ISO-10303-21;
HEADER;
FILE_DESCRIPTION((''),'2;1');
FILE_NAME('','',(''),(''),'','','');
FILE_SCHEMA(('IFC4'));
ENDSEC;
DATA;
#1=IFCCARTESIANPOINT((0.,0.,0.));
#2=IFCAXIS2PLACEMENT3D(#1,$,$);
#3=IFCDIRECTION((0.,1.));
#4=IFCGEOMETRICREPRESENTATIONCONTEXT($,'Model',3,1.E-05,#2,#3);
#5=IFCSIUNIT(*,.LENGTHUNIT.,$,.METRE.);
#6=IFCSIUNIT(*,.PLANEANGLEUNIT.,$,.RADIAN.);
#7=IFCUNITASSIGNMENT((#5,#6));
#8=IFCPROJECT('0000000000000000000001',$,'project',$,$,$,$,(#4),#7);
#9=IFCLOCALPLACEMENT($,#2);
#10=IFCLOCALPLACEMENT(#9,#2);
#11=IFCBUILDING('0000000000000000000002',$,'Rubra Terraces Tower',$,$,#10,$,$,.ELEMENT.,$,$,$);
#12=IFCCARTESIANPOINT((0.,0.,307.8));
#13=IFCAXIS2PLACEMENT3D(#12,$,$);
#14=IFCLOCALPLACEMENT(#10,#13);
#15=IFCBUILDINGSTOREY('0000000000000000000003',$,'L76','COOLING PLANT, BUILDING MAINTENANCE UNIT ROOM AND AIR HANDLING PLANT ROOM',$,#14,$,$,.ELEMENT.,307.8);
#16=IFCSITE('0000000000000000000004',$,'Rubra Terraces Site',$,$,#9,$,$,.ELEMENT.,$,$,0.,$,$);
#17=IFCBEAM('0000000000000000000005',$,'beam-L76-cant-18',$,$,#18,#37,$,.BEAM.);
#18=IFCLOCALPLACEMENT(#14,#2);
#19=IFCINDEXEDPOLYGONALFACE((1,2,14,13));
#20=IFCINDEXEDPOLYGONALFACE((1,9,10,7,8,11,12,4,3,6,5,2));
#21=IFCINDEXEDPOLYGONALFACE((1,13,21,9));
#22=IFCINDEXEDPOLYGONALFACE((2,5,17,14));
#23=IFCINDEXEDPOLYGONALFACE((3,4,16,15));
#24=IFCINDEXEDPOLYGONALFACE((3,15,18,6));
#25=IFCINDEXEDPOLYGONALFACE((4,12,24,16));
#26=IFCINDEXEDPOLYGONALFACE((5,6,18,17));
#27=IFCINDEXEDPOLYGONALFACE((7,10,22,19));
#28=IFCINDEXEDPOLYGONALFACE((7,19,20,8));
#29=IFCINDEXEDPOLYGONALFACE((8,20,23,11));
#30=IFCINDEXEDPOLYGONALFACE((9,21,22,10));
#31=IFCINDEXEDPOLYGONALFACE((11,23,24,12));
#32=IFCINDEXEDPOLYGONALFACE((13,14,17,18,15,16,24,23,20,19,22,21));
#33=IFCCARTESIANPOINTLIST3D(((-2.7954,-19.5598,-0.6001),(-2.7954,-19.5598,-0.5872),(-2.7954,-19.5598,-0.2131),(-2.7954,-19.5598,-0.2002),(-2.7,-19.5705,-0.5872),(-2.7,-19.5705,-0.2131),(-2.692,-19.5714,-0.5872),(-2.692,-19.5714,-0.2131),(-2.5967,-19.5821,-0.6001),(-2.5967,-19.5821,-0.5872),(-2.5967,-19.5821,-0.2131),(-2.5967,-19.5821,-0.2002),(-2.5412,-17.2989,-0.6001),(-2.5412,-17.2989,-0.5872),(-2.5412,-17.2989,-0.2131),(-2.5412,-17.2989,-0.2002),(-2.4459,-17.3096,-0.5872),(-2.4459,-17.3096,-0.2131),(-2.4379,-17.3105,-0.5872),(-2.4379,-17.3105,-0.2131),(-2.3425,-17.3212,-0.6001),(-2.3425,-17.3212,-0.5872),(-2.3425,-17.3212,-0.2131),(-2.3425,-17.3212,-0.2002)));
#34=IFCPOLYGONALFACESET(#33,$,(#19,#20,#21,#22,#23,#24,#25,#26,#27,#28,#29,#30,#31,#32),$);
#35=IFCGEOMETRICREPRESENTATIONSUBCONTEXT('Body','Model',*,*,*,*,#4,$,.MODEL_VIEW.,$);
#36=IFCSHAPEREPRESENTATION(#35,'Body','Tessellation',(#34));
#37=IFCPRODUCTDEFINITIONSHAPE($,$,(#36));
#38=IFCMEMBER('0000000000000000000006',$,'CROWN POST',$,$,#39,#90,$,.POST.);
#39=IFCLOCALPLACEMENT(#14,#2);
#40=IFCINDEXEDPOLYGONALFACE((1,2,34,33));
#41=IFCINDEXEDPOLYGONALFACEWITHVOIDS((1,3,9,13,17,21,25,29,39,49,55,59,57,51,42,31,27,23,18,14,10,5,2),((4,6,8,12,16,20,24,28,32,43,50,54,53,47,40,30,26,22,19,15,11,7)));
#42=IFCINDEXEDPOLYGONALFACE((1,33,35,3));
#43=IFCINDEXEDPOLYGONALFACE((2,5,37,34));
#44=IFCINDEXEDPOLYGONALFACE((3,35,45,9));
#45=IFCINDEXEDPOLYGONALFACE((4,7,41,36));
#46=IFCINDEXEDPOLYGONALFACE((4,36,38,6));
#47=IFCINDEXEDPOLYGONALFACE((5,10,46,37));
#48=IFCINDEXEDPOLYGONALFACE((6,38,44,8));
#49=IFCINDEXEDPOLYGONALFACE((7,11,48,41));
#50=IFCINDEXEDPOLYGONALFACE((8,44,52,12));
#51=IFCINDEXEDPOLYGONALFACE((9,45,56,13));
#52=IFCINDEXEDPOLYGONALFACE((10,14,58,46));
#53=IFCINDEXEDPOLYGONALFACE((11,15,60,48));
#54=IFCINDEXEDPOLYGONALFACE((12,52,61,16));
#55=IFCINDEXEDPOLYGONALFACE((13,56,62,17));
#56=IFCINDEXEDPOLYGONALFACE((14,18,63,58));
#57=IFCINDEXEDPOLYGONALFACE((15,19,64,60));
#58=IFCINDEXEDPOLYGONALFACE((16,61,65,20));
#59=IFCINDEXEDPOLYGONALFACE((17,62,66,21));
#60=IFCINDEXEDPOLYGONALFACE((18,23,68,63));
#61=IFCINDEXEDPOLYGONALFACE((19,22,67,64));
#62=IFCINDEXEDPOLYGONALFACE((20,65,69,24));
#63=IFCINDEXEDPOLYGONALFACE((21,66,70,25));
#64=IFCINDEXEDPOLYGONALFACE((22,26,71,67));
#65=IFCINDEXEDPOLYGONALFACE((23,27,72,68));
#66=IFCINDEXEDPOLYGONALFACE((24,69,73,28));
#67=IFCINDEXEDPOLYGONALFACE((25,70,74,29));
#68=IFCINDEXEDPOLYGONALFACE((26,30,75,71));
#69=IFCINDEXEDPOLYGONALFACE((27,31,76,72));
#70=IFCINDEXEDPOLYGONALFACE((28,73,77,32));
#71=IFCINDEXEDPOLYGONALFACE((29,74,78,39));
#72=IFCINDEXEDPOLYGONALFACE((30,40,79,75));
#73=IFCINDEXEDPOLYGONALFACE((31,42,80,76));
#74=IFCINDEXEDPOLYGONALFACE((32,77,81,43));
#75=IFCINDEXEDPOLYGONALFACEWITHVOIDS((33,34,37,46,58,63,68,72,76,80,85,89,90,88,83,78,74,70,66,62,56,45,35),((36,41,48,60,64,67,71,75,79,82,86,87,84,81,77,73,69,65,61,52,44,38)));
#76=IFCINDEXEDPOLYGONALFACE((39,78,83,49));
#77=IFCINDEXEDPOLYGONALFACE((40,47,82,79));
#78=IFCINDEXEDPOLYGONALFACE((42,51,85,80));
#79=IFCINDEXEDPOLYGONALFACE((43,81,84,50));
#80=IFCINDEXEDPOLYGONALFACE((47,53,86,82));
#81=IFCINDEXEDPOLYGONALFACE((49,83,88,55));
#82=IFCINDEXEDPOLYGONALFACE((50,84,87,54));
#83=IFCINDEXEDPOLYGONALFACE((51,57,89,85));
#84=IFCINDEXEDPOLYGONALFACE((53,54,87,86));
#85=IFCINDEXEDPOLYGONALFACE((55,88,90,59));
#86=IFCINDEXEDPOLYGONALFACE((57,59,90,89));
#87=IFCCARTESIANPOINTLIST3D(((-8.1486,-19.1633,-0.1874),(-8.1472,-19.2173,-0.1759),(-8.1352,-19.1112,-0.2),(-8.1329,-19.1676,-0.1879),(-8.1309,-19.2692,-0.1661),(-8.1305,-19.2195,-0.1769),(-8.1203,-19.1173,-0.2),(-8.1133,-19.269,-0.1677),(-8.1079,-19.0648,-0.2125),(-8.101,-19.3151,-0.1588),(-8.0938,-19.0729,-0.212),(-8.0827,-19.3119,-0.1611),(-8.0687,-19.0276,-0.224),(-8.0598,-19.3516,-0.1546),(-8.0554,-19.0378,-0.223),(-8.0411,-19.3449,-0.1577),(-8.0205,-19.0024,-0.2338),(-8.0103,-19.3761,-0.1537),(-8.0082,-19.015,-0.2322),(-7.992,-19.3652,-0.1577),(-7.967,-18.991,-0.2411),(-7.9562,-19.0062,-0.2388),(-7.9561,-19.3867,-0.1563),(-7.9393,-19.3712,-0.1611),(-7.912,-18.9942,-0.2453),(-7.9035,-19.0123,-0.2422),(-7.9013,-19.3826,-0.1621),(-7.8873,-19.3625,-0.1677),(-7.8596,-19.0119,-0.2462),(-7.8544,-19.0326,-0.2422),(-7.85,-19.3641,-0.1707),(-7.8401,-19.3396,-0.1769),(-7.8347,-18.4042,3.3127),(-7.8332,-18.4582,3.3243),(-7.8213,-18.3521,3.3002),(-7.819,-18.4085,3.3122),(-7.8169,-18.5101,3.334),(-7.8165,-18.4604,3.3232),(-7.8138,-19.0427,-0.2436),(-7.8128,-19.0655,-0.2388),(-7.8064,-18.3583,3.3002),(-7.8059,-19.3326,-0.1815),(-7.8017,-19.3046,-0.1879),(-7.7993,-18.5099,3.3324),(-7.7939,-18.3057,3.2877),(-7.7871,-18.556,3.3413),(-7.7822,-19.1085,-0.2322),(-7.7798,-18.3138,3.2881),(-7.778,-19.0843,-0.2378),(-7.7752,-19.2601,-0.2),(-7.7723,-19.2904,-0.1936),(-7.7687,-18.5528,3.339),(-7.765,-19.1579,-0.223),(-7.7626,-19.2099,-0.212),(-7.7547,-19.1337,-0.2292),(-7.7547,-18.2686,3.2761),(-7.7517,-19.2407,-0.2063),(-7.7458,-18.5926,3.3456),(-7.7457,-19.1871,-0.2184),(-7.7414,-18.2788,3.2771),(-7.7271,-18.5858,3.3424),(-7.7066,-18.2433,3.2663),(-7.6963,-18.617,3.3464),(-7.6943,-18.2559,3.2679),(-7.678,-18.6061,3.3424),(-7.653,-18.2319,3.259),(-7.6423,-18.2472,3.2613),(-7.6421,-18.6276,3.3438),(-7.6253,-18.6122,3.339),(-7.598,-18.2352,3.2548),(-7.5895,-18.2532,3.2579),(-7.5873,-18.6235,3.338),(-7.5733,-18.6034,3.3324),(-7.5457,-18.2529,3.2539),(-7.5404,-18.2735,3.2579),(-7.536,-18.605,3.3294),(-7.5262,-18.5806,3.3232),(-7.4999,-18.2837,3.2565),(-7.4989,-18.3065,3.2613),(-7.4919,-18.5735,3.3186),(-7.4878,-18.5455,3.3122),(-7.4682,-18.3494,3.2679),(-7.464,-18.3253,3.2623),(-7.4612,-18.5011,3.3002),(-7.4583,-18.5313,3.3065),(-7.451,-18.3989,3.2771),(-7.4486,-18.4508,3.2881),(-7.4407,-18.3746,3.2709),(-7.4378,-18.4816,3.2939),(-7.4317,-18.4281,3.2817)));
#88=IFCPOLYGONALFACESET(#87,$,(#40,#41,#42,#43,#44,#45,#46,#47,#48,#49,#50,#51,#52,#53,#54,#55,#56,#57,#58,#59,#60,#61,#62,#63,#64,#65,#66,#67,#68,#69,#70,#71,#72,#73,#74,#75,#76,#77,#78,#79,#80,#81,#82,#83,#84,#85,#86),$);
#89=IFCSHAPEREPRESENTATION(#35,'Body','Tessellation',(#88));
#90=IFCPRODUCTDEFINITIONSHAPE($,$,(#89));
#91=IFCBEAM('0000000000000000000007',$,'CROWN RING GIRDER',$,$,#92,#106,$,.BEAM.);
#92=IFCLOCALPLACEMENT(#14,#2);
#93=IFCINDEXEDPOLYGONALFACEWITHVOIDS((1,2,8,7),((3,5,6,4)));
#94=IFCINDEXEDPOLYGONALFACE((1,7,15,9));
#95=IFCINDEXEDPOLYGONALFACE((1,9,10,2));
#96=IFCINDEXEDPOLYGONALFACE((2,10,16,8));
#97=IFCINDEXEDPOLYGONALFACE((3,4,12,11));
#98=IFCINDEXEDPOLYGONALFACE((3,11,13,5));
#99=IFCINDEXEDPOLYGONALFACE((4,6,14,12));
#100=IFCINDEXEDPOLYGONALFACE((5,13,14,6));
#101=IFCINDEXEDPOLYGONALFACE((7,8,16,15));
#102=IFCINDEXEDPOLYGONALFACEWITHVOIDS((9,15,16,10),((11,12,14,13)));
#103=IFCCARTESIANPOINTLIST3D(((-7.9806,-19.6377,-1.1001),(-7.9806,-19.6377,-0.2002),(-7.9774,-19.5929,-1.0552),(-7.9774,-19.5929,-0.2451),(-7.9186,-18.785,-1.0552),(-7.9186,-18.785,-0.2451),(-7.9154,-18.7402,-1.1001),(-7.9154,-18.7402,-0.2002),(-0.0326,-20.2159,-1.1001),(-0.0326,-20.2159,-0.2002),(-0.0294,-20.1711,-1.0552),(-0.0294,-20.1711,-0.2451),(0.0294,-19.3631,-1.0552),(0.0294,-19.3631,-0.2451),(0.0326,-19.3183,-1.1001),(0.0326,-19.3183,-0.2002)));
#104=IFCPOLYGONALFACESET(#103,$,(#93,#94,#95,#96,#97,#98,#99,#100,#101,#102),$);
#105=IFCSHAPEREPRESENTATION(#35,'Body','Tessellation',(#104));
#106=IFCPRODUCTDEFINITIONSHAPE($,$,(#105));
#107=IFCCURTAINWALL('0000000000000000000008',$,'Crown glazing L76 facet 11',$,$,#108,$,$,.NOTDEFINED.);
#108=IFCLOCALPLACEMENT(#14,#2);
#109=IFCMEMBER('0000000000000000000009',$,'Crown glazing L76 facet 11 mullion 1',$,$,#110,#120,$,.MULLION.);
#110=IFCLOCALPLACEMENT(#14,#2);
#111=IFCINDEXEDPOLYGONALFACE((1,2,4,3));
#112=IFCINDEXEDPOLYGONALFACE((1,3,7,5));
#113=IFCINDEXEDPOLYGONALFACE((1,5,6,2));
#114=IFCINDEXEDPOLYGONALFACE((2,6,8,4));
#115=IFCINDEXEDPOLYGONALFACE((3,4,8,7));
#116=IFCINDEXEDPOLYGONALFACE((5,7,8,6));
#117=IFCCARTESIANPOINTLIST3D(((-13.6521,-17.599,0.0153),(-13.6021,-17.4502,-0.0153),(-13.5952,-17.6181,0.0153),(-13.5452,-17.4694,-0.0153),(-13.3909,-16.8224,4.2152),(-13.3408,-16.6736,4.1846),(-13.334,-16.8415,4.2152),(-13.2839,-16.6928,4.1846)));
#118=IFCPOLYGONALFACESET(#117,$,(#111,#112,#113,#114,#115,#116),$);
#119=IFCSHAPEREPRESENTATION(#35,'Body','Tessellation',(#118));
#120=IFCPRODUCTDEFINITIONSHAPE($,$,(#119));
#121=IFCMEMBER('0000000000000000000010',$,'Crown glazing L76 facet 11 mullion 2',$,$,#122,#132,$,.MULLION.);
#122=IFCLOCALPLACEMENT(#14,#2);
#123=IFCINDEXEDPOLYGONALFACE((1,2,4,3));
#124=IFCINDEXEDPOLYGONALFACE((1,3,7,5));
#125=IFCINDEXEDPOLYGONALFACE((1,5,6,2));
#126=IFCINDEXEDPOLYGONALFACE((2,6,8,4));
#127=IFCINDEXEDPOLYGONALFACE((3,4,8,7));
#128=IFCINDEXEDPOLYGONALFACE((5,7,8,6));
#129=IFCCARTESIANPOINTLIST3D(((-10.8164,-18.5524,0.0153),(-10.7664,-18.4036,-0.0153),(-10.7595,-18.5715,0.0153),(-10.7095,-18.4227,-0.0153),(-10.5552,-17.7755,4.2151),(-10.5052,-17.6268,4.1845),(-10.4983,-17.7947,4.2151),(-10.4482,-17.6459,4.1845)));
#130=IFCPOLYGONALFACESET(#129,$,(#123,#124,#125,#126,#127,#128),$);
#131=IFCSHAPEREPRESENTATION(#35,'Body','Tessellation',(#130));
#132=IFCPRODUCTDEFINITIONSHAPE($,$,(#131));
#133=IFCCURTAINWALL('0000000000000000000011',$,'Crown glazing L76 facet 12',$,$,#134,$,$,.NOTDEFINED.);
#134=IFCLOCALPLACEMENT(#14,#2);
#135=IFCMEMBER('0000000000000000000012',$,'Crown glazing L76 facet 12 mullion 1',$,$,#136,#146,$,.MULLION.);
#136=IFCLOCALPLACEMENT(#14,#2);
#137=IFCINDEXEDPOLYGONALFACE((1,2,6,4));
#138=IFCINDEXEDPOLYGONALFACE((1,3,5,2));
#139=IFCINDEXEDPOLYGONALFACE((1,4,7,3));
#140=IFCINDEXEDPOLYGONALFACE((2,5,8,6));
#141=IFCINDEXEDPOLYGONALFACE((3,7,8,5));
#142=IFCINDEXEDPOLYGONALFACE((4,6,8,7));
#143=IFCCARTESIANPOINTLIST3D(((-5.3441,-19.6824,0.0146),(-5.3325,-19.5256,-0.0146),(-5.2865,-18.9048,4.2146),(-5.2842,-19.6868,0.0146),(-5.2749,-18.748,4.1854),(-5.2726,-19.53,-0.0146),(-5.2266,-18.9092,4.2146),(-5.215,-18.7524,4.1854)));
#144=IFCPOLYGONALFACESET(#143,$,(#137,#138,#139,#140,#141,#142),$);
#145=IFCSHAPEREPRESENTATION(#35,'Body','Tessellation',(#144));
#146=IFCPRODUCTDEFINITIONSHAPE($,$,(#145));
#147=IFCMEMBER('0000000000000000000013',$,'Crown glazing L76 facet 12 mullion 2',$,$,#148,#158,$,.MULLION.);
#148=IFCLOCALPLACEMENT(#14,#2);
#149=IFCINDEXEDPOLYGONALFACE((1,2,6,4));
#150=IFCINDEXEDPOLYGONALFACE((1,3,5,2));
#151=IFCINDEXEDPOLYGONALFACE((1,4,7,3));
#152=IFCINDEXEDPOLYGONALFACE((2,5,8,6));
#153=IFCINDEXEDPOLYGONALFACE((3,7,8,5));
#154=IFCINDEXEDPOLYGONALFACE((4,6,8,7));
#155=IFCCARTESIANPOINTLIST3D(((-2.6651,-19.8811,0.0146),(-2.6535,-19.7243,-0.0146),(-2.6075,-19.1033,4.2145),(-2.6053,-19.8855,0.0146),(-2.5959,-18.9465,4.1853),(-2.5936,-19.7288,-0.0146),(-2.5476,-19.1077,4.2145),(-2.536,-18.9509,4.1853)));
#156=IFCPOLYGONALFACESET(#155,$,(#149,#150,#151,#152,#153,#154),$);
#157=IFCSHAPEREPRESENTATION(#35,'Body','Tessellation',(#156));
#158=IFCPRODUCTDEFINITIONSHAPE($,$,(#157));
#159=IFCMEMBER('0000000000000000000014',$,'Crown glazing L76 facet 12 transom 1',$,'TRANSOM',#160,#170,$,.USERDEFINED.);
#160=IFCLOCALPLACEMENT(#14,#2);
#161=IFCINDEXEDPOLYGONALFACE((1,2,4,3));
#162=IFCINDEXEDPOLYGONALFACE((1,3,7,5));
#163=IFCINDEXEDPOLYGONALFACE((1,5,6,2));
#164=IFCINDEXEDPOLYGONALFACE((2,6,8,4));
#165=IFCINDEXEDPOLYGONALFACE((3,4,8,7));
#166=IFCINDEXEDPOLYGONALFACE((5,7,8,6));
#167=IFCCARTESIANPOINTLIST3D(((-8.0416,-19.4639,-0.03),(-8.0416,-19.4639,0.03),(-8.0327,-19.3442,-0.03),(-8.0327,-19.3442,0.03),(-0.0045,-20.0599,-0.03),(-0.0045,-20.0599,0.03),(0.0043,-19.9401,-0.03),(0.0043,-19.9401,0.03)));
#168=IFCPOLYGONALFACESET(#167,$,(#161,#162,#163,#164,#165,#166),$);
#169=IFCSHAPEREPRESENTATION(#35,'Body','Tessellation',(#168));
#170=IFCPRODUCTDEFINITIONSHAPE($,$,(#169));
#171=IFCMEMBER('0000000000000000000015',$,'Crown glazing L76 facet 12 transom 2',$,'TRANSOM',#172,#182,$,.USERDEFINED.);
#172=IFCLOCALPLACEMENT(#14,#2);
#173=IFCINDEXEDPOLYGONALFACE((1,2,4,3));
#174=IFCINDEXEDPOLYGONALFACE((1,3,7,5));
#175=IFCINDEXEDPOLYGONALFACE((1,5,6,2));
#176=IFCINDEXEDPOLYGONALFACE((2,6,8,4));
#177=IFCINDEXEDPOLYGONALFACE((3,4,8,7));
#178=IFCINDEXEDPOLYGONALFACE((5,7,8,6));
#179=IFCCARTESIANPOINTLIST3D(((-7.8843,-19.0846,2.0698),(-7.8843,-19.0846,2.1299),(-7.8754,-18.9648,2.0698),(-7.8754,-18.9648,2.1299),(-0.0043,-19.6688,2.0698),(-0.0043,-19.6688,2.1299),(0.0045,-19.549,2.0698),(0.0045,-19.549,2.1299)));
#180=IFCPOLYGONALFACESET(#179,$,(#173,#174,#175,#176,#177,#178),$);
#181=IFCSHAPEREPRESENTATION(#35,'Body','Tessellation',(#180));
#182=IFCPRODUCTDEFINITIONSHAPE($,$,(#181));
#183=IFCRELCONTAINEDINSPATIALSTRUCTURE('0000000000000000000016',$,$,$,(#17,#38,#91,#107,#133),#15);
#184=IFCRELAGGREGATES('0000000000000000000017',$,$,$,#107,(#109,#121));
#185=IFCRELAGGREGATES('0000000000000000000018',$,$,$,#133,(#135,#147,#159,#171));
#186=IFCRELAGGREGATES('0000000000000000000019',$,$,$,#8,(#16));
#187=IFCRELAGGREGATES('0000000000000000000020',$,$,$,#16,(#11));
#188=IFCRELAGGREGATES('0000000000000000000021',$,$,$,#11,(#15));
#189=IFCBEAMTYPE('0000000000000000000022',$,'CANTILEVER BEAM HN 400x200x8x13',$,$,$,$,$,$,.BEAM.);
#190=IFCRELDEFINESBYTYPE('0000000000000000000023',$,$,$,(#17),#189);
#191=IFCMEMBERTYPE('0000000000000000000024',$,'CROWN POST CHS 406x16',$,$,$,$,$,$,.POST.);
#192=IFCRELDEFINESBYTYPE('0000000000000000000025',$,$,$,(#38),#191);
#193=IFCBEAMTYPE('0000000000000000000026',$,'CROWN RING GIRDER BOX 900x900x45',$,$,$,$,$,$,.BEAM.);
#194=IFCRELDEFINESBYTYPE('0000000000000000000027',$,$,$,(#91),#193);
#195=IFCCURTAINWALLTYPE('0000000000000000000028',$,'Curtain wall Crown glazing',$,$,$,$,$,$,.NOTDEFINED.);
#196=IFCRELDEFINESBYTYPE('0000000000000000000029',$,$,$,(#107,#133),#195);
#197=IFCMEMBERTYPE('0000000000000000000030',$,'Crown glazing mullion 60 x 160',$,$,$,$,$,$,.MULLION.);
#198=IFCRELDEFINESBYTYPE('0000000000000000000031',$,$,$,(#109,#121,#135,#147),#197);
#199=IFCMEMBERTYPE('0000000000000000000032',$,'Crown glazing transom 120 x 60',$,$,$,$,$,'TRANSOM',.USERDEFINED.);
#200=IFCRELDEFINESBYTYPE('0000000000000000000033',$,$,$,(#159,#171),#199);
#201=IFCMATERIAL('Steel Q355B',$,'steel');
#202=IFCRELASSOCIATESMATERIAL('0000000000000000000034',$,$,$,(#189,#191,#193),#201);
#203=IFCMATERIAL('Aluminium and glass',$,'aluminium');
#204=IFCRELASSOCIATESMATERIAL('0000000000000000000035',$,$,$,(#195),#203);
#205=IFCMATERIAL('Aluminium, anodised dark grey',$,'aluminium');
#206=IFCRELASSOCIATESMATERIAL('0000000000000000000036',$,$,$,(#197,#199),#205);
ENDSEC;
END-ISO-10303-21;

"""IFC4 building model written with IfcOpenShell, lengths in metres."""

from ifc_helpers import new_model, si_unit, direction, frame, origin, origin_2d, place, context, subcontext, project, spatial, rectangle, hollow_rectangle, hollow_circle, i_section, extrude, material, material_profile, profile_set, type_object, element, aggregate, save


model = new_model("IFC4")

# Units and contexts
model_context = context("Model", 3, precision=1e-05, world=origin(), true_north=direction((0.0, 1.0)))
body_context = subcontext(model_context, "Body", "Model", "MODEL_VIEW")
ifc_project = project(units=[si_unit("LENGTHUNIT", "METRE"), si_unit("PLANEANGLEUNIT", "RADIAN")], contexts=[model_context])

# Site, building, storey
site_placement = place(None, origin())
site = spatial("IfcSite", under=ifc_project, at=site_placement, Name="Rubra Terraces Site", CompositionType="ELEMENT", RefElevation=0.0)
building_placement = place(site_placement, origin())
building = spatial("IfcBuilding", under=site, at=building_placement, Name="Rubra Terraces Tower", CompositionType="ELEMENT")
storey_placement = place(building_placement, frame((0.0, 0.0, 307.8)))
storey = spatial("IfcBuildingStorey", under=building, at=storey_placement, Name="L76", Description="COOLING PLANT, BUILDING MAINTENANCE UNIT ROOM AND AIR HANDLING PLANT ROOM", CompositionType="ELEMENT", Elevation=307.8)

# Beam
ifc_material_1 = material(Name="Steel Q355B", Category="steel")
ifc_material_profile_1 = material_profile(ifc_material_1, i_section(OverallWidth=0.2, OverallDepth=0.3999, WebThickness=0.0081, FlangeThickness=0.0129, at=origin_2d()), Name="HN 400x200x8x13")
ifc_profile_set_1 = profile_set([ifc_material_profile_1], Name="Steel Q355B")
beam_type_1 = type_object("IfcBeamType", Name="CANTILEVER BEAM HN 400x200x8x13", PredefinedType="BEAM", material=ifc_profile_set_1)
beam_1_placement = place(storey_placement, frame((-2.4419, -17.3101, -0.4001), z_axis=(-0.111703, -0.993742, 0.0), x_axis=(0.993742, -0.111703, 0.0)))
element("IfcBeam", 1, at=beam_1_placement, inside=storey, type_object=beam_type_1, Name="beam-L76-cant-18", PredefinedType="BEAM", context=body_context, shape_type="SweptSolid", body=[
    extrude(i_section(OverallWidth=0.2, OverallDepth=0.3999, WebThickness=0.0081, FlangeThickness=0.0129, at=origin_2d()), origin(), (0.0, 0.0, 1.0), 2.2751),
])

# Member
ifc_material_profile_2 = material_profile(ifc_material_1, hollow_circle(Radius=0.2029, WallThickness=0.0161, at=origin_2d()), Name="CHS 406x16")
ifc_profile_set_2 = profile_set([ifc_material_profile_2], Name="Steel Q355B")
member_type_1 = type_object("IfcMemberType", Name="CROWN POST CHS 406x16", PredefinedType="POST", material=ifc_profile_set_2)
member_1_placement = place(storey_placement, frame((-7.9478, -19.1887, -0.2), z_axis=(0.087331, 0.21113, 0.973549), x_axis=(-0.924068, 0.382229, 0.0)))
element("IfcMember", 2, at=member_1_placement, inside=storey, type_object=member_type_1, Name="CROWN POST", PredefinedType="POST", context=body_context, shape_type="SweptSolid", body=[
    extrude(hollow_circle(Radius=0.2029, WallThickness=0.0161, at=origin_2d()), origin(), (0.0, 0.0, 1.0), 3.5952),
])

# Beam
ifc_material_profile_3 = material_profile(ifc_material_1, hollow_rectangle(XDim=0.8999, YDim=0.8999, WallThickness=0.0449, at=origin_2d()), Name="BOX 900x900x45")
ifc_profile_set_3 = profile_set([ifc_material_profile_3], Name="Steel Q355B")
beam_type_2 = type_object("IfcBeamType", Name="CROWN RING GIRDER BOX 900x900x45", PredefinedType="BEAM", material=ifc_profile_set_3)
beam_2_placement = place(storey_placement, frame((-7.948, -19.189, -0.6501), z_axis=(0.997365, -0.072547, 0.0), x_axis=(0.072547, 0.997365, 0.0)))
element("IfcBeam", 3, at=beam_2_placement, inside=storey, type_object=beam_type_2, Name="CROWN RING GIRDER", PredefinedType="BEAM", context=body_context, shape_type="SweptSolid", body=[
    extrude(hollow_rectangle(XDim=0.8999, YDim=0.8999, WallThickness=0.0449, at=origin_2d()), origin(), (0.0, 0.0, 1.0), 7.969),
])

# Curtain walls, members
ifc_material_2 = material(Name="Aluminium and glass", Category="aluminium")
curtain_wall_type = type_object("IfcCurtainWallType", Name="Curtain wall Crown glazing", PredefinedType="NOTDEFINED", material=ifc_material_2)
curtain_wall_1_placement = place(storey_placement, origin())
curtain_wall_1 = element("IfcCurtainWall", 4, at=curtain_wall_1_placement, inside=storey, type_object=curtain_wall_type, Name="Crown glazing L76 facet 11", PredefinedType="NOTDEFINED")
ifc_material_3 = material(Name="Aluminium, anodised dark grey", Category="aluminium")
ifc_material_profile_4 = material_profile(ifc_material_3, rectangle(XDim=0.0601, YDim=0.1599, at=origin_2d()), Name="AL 60x160")
ifc_profile_set_4 = profile_set([ifc_material_profile_4], Name="Aluminium, anodised dark grey")
member_type_2 = type_object("IfcMemberType", Name="Crown glazing mullion 60 x 160", PredefinedType="MULLION", material=ifc_profile_set_4)
member_2_placement = place(storey_placement, frame((-13.5986, -17.5342, 0.0), z_axis=(0.061048, 0.181488, 0.981496), x_axis=(-0.947816, 0.318819, 0.0)))
member_2 = element("IfcMember", 5, at=member_2_placement, type_object=member_type_2, Name="Crown glazing L76 facet 11 mullion 1", PredefinedType="MULLION", context=body_context, shape_type="SweptSolid", body=[
    extrude(rectangle(XDim=0.0601, YDim=0.1599, at=origin_2d()), origin(), (0.0, 0.0, 1.0), 4.2791),
])
member_3_placement = place(storey_placement, frame((-10.7629, -18.4875, 0.0), z_axis=(0.061047, 0.181543, 0.981486), x_axis=(-0.947846, 0.318729, 0.0)))
member_3 = element("IfcMember", 6, at=member_3_placement, type_object=member_type_2, Name="Crown glazing L76 facet 11 mullion 2", PredefinedType="MULLION", context=body_context, shape_type="SweptSolid", body=[
    extrude(rectangle(XDim=0.0601, YDim=0.1599, at=origin_2d()), origin(), (0.0, 0.0, 1.0), 4.2791),
])
curtain_wall_2_placement = place(storey_placement, origin())
curtain_wall_2 = element("IfcCurtainWall", 7, at=curtain_wall_2_placement, inside=storey, type_object=curtain_wall_type, Name="Crown glazing L76 facet 12", PredefinedType="NOTDEFINED")
member_4_placement = place(storey_placement, frame((-5.3083, -19.6062, 0.0), z_axis=(0.013488, 0.182032, 0.9832), x_axis=(-0.997266, 0.073895, 0.0)))
member_4 = element("IfcMember", 8, at=member_4_placement, type_object=member_type_2, Name="Crown glazing L76 facet 12 mullion 1", PredefinedType="MULLION", context=body_context, shape_type="SweptSolid", body=[
    extrude(rectangle(XDim=0.0601, YDim=0.1599, at=origin_2d()), origin(), (0.0, 0.0, 1.0), 4.2717),
])
member_5_placement = place(storey_placement, frame((-2.6294, -19.8049, 0.0), z_axis=(0.013488, 0.182087, 0.98319), x_axis=(-0.997268, 0.073872, 0.0)))
member_5 = element("IfcMember", 9, at=member_5_placement, type_object=member_type_2, Name="Crown glazing L76 facet 12 mullion 2", PredefinedType="MULLION", context=body_context, shape_type="SweptSolid", body=[
    extrude(rectangle(XDim=0.0601, YDim=0.1599, at=origin_2d()), origin(), (0.0, 0.0, 1.0), 4.2717),
])
ifc_material_profile_5 = material_profile(ifc_material_3, rectangle(XDim=0.1201, YDim=0.0601, at=origin_2d()), Name="AL 120x60")
ifc_profile_set_5 = profile_set([ifc_material_profile_5], Name="Aluminium, anodised dark grey")
member_type_3 = type_object("IfcMemberType", Name="Crown glazing transom 120 x 60", ElementType="TRANSOM", PredefinedType="USERDEFINED", material=ifc_profile_set_5)
member_6_placement = place(storey_placement, frame((-8.0371, -19.4041, 0.0), z_axis=(0.997262, -0.073946, 0.0), x_axis=(0.073946, 0.997262, 0.0)))
member_6 = element("IfcMember", 10, at=member_6_placement, type_object=member_type_3, Name="Crown glazing L76 facet 12 transom 1", ObjectType="TRANSOM", PredefinedType="USERDEFINED", context=body_context, shape_type="SweptSolid", body=[
    extrude(rectangle(XDim=0.1201, YDim=0.0601, at=origin_2d()), origin(), (0.0, 0.0, 1.0), 8.0591),
])
member_7_placement = place(storey_placement, frame((-7.8799, -19.0247, 2.0999), z_axis=(0.997263, -0.073939, 0.0), x_axis=(0.073939, 0.997263, 0.0)))
member_7 = element("IfcMember", 11, at=member_7_placement, type_object=member_type_3, Name="Crown glazing L76 facet 12 transom 2", ObjectType="TRANSOM", PredefinedType="USERDEFINED", context=body_context, shape_type="SweptSolid", body=[
    extrude(rectangle(XDim=0.1201, YDim=0.0601, at=origin_2d()), origin(), (0.0, 0.0, 1.0), 7.9016),
])

aggregate(curtain_wall_1, [member_2, member_3])
aggregate(curtain_wall_2, [member_4, member_5, member_6, member_7])

save(model, "model.ifc")
